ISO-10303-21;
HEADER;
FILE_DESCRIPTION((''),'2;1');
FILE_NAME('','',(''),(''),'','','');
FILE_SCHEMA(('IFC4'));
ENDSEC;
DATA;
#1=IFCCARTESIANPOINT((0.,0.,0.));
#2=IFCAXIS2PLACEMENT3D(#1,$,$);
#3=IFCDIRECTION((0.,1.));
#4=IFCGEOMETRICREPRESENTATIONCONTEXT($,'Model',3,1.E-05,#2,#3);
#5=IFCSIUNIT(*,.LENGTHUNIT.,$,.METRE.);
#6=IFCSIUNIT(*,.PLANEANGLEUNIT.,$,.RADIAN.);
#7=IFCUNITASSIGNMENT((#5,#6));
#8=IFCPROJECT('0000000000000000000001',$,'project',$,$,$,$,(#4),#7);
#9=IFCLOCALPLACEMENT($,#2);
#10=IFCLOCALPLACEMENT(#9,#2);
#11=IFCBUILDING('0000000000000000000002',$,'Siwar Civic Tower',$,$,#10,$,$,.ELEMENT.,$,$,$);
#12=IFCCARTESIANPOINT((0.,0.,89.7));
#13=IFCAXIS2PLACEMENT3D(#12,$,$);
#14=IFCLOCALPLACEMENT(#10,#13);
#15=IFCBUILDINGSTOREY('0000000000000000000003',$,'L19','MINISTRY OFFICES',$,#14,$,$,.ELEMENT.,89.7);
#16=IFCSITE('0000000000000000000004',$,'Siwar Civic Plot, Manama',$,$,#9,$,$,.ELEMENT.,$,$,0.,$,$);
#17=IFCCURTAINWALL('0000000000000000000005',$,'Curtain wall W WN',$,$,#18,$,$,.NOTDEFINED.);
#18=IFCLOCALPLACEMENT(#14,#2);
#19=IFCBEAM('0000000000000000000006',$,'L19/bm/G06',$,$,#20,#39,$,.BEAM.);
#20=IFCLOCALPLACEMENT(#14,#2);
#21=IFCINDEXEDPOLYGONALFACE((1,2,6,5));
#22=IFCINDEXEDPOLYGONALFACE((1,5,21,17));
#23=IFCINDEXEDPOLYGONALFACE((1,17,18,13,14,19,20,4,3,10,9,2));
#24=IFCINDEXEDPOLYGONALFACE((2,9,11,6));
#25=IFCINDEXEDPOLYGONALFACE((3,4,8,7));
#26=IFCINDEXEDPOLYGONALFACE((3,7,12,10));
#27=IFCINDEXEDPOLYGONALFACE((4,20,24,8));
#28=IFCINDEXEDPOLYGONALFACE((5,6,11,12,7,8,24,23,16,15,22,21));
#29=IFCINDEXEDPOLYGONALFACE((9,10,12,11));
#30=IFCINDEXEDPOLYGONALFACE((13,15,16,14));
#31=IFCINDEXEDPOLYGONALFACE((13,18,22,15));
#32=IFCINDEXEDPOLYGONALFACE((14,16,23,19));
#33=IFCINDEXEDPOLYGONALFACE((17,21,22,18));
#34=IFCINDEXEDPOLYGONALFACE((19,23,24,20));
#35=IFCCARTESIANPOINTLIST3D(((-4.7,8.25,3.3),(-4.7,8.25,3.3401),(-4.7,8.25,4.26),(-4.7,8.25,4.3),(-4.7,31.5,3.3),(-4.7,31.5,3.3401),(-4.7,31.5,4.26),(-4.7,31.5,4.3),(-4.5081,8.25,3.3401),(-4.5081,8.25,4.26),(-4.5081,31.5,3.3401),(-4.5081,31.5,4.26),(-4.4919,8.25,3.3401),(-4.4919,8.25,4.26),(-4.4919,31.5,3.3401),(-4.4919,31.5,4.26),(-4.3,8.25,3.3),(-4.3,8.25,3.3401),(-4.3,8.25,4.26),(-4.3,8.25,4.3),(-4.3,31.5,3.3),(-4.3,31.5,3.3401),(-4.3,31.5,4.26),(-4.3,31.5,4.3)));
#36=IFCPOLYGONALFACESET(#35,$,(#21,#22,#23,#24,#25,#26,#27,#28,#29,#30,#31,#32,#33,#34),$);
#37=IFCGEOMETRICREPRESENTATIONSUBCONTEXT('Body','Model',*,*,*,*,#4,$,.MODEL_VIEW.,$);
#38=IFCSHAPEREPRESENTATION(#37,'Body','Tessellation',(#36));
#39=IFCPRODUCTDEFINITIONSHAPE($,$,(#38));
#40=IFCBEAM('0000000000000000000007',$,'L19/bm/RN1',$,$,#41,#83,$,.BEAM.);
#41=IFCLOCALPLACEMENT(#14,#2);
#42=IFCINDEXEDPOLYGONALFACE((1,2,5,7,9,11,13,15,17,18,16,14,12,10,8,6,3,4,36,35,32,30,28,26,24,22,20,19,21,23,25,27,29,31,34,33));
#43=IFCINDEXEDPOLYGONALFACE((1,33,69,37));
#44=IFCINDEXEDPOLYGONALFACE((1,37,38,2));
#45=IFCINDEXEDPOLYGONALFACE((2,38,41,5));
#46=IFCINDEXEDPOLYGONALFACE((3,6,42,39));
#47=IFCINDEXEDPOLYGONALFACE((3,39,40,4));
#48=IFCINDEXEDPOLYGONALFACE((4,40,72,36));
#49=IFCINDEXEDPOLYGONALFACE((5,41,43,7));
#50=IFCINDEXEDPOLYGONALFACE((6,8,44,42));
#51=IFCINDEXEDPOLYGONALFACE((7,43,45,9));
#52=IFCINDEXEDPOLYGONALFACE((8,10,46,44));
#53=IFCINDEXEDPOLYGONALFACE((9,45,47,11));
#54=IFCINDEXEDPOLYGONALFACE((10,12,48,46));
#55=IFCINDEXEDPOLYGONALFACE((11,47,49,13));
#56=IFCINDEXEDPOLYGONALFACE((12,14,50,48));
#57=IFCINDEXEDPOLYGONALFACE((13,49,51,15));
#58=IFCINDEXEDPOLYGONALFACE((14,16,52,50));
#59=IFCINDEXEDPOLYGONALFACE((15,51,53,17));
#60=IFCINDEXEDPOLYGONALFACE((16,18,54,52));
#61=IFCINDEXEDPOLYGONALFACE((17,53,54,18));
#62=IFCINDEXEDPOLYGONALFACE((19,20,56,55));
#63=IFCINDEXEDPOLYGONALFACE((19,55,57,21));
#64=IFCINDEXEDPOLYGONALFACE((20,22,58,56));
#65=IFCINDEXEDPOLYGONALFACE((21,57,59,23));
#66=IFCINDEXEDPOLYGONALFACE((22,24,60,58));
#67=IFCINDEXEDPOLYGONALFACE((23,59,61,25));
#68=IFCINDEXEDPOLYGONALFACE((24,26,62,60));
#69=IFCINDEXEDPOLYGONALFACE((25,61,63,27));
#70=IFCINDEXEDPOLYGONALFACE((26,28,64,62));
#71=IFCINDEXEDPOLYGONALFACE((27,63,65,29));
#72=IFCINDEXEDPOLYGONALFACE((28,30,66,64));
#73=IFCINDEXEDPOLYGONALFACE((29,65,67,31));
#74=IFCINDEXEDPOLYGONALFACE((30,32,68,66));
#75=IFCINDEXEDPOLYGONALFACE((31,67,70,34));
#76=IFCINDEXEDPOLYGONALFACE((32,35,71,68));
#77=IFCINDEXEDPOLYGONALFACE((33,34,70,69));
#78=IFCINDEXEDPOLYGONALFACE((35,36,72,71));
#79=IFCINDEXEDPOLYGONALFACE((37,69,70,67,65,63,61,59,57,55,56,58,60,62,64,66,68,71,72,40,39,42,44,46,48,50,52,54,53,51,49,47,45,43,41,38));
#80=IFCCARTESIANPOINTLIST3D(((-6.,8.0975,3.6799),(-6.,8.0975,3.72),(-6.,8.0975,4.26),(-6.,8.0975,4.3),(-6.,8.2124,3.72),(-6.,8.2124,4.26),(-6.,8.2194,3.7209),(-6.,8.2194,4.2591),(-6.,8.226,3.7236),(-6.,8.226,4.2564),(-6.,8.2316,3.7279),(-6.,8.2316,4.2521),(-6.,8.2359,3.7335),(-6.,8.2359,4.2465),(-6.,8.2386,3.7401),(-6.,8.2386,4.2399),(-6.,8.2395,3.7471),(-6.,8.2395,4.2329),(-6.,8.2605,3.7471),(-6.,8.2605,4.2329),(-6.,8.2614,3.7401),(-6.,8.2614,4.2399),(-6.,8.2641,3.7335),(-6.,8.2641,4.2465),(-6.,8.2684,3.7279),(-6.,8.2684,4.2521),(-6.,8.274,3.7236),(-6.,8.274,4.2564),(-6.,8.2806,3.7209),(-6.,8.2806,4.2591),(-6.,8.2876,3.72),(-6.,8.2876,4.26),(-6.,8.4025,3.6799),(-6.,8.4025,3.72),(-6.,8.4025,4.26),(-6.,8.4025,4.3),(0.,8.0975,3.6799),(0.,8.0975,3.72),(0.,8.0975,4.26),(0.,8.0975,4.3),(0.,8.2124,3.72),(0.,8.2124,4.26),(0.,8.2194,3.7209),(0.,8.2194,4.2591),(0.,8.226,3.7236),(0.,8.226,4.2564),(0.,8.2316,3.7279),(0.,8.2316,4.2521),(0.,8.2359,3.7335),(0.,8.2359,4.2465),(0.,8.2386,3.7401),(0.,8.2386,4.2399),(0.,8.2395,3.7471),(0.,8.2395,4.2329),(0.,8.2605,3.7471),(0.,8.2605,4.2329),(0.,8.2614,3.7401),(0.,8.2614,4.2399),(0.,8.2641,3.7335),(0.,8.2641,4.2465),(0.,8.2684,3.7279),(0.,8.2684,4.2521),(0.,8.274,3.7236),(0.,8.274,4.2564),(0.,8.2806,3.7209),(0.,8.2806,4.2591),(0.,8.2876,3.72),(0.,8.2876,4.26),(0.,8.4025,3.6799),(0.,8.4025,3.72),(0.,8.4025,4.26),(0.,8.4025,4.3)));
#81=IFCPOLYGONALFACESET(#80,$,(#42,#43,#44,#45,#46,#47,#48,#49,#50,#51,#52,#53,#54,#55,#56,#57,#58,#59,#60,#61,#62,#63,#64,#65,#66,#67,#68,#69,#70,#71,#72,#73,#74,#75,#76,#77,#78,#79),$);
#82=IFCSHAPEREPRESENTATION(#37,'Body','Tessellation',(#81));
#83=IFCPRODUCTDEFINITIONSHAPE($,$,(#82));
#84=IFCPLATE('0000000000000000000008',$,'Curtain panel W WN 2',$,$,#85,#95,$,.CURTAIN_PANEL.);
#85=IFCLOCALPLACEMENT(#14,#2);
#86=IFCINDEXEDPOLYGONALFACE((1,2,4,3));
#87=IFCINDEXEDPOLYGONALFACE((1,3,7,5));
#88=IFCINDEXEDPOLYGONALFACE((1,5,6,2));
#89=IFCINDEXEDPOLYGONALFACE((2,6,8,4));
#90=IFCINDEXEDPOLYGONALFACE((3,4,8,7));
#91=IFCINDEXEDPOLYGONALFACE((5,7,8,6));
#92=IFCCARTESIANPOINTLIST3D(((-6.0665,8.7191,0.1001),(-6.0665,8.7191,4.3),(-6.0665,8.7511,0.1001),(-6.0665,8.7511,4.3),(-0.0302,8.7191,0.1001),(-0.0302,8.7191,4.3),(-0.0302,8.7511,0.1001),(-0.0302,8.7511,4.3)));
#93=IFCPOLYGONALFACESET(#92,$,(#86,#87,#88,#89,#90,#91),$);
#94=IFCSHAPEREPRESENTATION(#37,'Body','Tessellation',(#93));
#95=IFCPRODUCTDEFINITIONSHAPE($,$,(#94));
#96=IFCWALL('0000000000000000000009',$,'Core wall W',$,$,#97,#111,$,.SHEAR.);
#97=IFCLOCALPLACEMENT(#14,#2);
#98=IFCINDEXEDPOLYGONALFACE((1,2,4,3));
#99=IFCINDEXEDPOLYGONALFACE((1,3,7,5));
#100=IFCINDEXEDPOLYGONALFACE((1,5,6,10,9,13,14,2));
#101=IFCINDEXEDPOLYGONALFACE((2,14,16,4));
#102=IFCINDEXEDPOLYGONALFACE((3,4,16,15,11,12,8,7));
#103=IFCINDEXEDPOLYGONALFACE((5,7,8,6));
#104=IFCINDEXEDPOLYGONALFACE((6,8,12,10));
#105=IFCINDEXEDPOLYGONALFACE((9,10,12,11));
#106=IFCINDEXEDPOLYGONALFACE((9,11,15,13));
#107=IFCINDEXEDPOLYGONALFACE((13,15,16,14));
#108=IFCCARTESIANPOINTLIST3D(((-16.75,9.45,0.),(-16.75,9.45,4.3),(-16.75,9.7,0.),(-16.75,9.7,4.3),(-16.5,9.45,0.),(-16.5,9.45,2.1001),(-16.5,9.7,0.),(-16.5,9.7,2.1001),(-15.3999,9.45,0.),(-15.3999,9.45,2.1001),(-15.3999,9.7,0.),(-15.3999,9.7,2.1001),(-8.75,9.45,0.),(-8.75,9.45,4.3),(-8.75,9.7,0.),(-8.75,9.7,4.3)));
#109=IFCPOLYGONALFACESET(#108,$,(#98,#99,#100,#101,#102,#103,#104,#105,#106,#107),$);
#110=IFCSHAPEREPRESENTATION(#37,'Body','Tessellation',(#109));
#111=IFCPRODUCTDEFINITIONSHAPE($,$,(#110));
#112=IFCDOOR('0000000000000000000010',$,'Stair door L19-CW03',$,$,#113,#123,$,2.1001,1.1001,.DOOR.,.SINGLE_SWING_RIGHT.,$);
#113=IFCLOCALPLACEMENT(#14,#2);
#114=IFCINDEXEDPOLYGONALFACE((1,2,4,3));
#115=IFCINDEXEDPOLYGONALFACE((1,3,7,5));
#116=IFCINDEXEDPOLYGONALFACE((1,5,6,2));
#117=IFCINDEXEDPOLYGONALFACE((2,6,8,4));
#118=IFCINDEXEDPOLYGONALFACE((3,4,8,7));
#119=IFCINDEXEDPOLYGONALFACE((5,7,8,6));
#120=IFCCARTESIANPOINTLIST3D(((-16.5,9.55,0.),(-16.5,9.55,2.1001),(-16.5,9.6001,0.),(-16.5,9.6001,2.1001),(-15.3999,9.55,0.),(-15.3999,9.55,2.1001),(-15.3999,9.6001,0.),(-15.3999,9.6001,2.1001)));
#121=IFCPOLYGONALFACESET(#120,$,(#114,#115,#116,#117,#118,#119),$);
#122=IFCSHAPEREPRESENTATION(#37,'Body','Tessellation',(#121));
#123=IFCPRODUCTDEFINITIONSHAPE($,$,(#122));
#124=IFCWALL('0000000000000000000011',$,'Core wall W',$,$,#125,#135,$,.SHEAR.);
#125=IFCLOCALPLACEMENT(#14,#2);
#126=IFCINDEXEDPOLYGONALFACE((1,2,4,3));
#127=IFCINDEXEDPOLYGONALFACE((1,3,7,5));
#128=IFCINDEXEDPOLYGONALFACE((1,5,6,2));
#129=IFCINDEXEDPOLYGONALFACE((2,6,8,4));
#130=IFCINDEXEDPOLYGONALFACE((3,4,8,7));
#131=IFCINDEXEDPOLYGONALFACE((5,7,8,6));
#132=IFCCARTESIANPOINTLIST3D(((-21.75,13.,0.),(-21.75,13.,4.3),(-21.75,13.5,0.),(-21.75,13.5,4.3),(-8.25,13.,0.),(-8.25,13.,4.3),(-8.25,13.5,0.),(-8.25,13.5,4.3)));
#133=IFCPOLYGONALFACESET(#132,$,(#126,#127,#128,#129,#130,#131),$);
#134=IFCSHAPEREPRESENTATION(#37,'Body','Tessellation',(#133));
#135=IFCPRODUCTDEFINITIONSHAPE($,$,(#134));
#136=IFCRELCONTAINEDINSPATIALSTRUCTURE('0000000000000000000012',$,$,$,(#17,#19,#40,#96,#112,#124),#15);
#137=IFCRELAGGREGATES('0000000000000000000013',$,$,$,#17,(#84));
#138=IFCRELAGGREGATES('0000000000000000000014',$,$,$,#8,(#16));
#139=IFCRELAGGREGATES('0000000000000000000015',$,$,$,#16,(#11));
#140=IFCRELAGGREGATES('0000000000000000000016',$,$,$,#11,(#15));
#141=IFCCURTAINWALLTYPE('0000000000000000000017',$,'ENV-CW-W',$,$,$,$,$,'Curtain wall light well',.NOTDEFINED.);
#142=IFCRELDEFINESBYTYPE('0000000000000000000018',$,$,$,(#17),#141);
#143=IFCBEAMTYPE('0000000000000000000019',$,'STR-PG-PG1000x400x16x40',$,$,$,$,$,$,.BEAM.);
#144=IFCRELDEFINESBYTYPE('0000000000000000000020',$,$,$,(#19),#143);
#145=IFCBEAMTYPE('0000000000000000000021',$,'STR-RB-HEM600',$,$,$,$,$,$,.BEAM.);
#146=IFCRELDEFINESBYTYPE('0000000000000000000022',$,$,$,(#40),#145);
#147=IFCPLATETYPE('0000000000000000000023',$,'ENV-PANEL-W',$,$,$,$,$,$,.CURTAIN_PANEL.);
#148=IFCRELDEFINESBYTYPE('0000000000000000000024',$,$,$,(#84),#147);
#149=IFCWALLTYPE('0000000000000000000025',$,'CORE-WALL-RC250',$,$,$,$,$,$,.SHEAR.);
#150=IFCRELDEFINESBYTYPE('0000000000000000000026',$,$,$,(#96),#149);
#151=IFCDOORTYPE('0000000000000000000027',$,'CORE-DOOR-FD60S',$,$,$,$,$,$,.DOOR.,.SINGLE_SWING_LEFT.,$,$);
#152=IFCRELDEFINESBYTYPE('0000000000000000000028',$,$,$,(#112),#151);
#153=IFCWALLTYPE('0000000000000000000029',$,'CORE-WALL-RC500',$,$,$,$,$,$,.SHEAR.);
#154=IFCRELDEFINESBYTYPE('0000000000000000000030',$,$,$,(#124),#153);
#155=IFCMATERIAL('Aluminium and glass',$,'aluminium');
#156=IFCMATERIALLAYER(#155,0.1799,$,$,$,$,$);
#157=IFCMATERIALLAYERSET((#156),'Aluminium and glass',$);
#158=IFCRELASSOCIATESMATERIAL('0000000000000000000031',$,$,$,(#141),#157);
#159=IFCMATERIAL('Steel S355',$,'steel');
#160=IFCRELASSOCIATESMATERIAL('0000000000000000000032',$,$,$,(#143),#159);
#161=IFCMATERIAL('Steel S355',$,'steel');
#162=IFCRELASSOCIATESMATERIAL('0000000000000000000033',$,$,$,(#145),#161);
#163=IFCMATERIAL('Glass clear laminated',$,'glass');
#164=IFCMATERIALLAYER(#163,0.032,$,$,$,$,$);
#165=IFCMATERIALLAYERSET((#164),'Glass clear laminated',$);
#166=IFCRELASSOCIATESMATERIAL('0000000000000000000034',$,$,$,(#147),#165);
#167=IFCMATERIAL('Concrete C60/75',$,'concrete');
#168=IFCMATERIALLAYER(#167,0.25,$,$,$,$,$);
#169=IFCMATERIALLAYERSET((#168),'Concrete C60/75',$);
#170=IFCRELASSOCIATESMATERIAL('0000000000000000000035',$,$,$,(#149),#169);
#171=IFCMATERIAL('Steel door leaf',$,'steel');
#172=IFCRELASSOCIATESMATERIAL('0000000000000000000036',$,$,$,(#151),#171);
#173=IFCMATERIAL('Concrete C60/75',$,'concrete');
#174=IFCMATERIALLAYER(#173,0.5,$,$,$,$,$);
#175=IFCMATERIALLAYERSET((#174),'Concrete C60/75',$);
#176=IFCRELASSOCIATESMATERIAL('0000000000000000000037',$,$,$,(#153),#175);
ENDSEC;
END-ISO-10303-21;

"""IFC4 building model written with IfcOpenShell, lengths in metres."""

from ifc_helpers import new_model, si_unit, direction, frame, frame_2d, origin, origin_2d, place, context, subcontext, project, spatial, rectangle, i_section, extrude, material, layer, layer_set, material_profile, profile_set, type_object, element, fill, aggregate, save


model = new_model("IFC4")

# Units and contexts
model_context = context("Model", 3, precision=1e-05, world=origin(), true_north=direction((0.0, 1.0)))
body_context = subcontext(model_context, "Body", "Model", "MODEL_VIEW")
ifc_project = project(units=[si_unit("LENGTHUNIT", "METRE"), si_unit("PLANEANGLEUNIT", "RADIAN")], contexts=[model_context])

# Site, building, storey
site_placement = place(None, origin())
site = spatial("IfcSite", under=ifc_project, at=site_placement, Name="Siwar Civic Plot, Manama", CompositionType="ELEMENT", RefElevation=0.0)
building_placement = place(site_placement, origin())
building = spatial("IfcBuilding", under=site, at=building_placement, Name="Siwar Civic Tower", CompositionType="ELEMENT")
storey_placement = place(building_placement, frame((0.0, 0.0, 89.7)))
storey = spatial("IfcBuildingStorey", under=building, at=storey_placement, Name="L19", Description="MINISTRY OFFICES", CompositionType="ELEMENT", Elevation=89.7)

# Curtain wall
ifc_material_1 = material(Name="Aluminium and glass", Category="aluminium")
ifc_layer_1 = layer(ifc_material_1, 0.1799)
ifc_layer_set_1 = layer_set([ifc_layer_1], Name="Aluminium and glass")
curtain_wall_type = type_object("IfcCurtainWallType", Name="ENV-CW-W", ElementType="Curtain wall light well", PredefinedType="NOTDEFINED", material=ifc_layer_set_1)
curtain_wall_placement = place(storey_placement, origin())
curtain_wall = element("IfcCurtainWall", 1, at=curtain_wall_placement, inside=storey, type_object=curtain_wall_type, Name="Curtain wall W WN", PredefinedType="NOTDEFINED")

# Beams
ifc_material_2 = material(Name="Steel S355", Category="steel")
ifc_material_profile_1 = material_profile(ifc_material_2, i_section(OverallWidth=0.3999, OverallDepth=1.0, WebThickness=0.0161, FlangeThickness=0.04, at=origin_2d()), Name="PG1000x400x16x40")
ifc_profile_set_1 = profile_set([ifc_material_profile_1], Name="Steel S355")
beam_type_1 = type_object("IfcBeamType", Name="STR-PG-PG1000x400x16x40", PredefinedType="BEAM", material=ifc_profile_set_1)
beam_1_placement = place(storey_placement, frame((-4.5, 8.25, 3.8), z_axis=(0.0, 1.0, 0.0), x_axis=(-1.0, 0.0, 0.0)))
element("IfcBeam", 2, at=beam_1_placement, inside=storey, type_object=beam_type_1, Name="L19/bm/G06", PredefinedType="BEAM", context=body_context, shape_type="SweptSolid", body=[
    extrude(i_section(OverallWidth=0.3999, OverallDepth=1.0, WebThickness=0.0161, FlangeThickness=0.04, at=origin_2d()), origin(), (0.0, 0.0, 1.0), 23.25),
])
ifc_material_3 = material(Name="Steel S355", Category="steel")
ifc_material_profile_2 = material_profile(ifc_material_3, i_section(OverallWidth=0.3049, OverallDepth=0.6201, WebThickness=0.021, FlangeThickness=0.04, FilletRadius=0.0271, at=origin_2d()), Name="HEM600")
ifc_profile_set_2 = profile_set([ifc_material_profile_2], Name="Steel S355")
beam_type_2 = type_object("IfcBeamType", Name="STR-RB-HEM600", PredefinedType="BEAM", material=ifc_profile_set_2)
beam_2_placement = place(storey_placement, frame((-6.0, 8.25, 3.99), z_axis=(1.0, 0.0, 0.0), x_axis=(0.0, 1.0, 0.0)))
element("IfcBeam", 3, at=beam_2_placement, inside=storey, type_object=beam_type_2, Name="L19/bm/RN1", PredefinedType="BEAM", context=body_context, shape_type="SweptSolid", body=[
    extrude(i_section(OverallWidth=0.3049, OverallDepth=0.6201, WebThickness=0.021, FlangeThickness=0.04, FilletRadius=0.0271, at=origin_2d()), origin(), (0.0, 0.0, 1.0), 6.0),
])

# Plate
ifc_material_4 = material(Name="Glass clear laminated", Category="glass")
ifc_layer_2 = layer(ifc_material_4, 0.032)
ifc_layer_set_2 = layer_set([ifc_layer_2], Name="Glass clear laminated")
plate_type = type_object("IfcPlateType", Name="ENV-PANEL-W", PredefinedType="CURTAIN_PANEL", material=ifc_layer_set_2)
plate_placement = place(storey_placement, frame((-3.0483, 8.7351, 0.1001), z_axis=(0.0, 0.0, 1.0), x_axis=(-1.0, 0.0, 0.0)))
plate = element("IfcPlate", 4, at=plate_placement, type_object=plate_type, Name="Curtain panel W WN 2", PredefinedType="CURTAIN_PANEL", context=body_context, shape_type="SweptSolid", body=[
    extrude(rectangle(XDim=6.0364, YDim=0.032, at=origin_2d()), origin(), (0.0, 0.0, 1.0), 4.2),
])
aggregate(curtain_wall, [plate])

# Wall, opening, door
ifc_material_5 = material(Name="Concrete C60/75", Category="concrete")
ifc_layer_3 = layer(ifc_material_5, 0.25)
ifc_layer_set_3 = layer_set([ifc_layer_3], Name="Concrete C60/75")
wall_type_1 = type_object("IfcWallType", Name="CORE-WALL-RC250", PredefinedType="SHEAR", material=ifc_layer_set_3)
wall_1_placement = place(storey_placement, frame((-8.75, 9.575, 0.0), z_axis=(0.0, 0.0, 1.0), x_axis=(-1.0, 0.0, 0.0)))
wall_1 = element("IfcWall", 5, at=wall_1_placement, inside=storey, type_object=wall_type_1, Name="Core wall W", PredefinedType="SHEAR", context=body_context, shape_type="SweptSolid", body=[
    extrude(rectangle(XDim=8.0, YDim=0.25, at=frame_2d((4.0, 0.0))), origin(), (0.0, 0.0, 1.0), 4.3),
])
opening_1_placement = place(wall_1_placement, frame((6.6499, 0.0, 0.0)))
opening_1 = element("IfcOpeningElement", 6, at=opening_1_placement, cuts=wall_1, PredefinedType="OPENING", context=body_context, shape_type="SweptSolid", body=[
    extrude(rectangle(XDim=1.1001, YDim=2.1001, at=frame_2d((0.55, 1.05))), frame((0.0, 0.135, 0.0), z_axis=(0.0, -1.0, 0.0), x_axis=(1.0, 0.0, 0.0)), (0.0, 0.0, 1.0), 0.27),
])
ifc_material_6 = material(Name="Steel door leaf", Category="steel")
door_type_1 = type_object("IfcDoorType", Name="CORE-DOOR-FD60S", OperationType="SINGLE_SWING_LEFT", PredefinedType="DOOR", material=ifc_material_6)
door_1_placement = place(opening_1_placement, origin())
door_1 = element("IfcDoor", 7, at=door_1_placement, inside=storey, type_object=door_type_1, Name="Stair door L19-CW03", OperationType="SINGLE_SWING_RIGHT", OverallHeight=2.1001, OverallWidth=1.1001, PredefinedType="DOOR", context=body_context, shape_type="SweptSolid", body=[
    extrude(rectangle(XDim=1.1001, YDim=2.1001, at=frame_2d((0.55, 1.05))), frame((0.0, 0.0249, 0.0), z_axis=(0.0, -1.0, 0.0), x_axis=(1.0, 0.0, 0.0)), (0.0, 0.0, 1.0), 0.05),
])
fill(opening_1, door_1)

# Wall
ifc_material_7 = material(Name="Concrete C60/75", Category="concrete")
ifc_layer_4 = layer(ifc_material_7, 0.5)
ifc_layer_set_4 = layer_set([ifc_layer_4], Name="Concrete C60/75")
wall_type_2 = type_object("IfcWallType", Name="CORE-WALL-RC500", PredefinedType="SHEAR", material=ifc_layer_set_4)
wall_2_placement = place(storey_placement, frame((-8.25, 13.25, 0.0), z_axis=(0.0, 0.0, 1.0), x_axis=(-1.0, 0.0, 0.0)))
element("IfcWall", 8, at=wall_2_placement, inside=storey, type_object=wall_type_2, Name="Core wall W", PredefinedType="SHEAR", context=body_context, shape_type="SweptSolid", body=[
    extrude(rectangle(XDim=13.5, YDim=0.5, at=frame_2d((6.75, 0.0))), origin(), (0.0, 0.0, 1.0), 4.3),
])

save(model, "model.ifc")
